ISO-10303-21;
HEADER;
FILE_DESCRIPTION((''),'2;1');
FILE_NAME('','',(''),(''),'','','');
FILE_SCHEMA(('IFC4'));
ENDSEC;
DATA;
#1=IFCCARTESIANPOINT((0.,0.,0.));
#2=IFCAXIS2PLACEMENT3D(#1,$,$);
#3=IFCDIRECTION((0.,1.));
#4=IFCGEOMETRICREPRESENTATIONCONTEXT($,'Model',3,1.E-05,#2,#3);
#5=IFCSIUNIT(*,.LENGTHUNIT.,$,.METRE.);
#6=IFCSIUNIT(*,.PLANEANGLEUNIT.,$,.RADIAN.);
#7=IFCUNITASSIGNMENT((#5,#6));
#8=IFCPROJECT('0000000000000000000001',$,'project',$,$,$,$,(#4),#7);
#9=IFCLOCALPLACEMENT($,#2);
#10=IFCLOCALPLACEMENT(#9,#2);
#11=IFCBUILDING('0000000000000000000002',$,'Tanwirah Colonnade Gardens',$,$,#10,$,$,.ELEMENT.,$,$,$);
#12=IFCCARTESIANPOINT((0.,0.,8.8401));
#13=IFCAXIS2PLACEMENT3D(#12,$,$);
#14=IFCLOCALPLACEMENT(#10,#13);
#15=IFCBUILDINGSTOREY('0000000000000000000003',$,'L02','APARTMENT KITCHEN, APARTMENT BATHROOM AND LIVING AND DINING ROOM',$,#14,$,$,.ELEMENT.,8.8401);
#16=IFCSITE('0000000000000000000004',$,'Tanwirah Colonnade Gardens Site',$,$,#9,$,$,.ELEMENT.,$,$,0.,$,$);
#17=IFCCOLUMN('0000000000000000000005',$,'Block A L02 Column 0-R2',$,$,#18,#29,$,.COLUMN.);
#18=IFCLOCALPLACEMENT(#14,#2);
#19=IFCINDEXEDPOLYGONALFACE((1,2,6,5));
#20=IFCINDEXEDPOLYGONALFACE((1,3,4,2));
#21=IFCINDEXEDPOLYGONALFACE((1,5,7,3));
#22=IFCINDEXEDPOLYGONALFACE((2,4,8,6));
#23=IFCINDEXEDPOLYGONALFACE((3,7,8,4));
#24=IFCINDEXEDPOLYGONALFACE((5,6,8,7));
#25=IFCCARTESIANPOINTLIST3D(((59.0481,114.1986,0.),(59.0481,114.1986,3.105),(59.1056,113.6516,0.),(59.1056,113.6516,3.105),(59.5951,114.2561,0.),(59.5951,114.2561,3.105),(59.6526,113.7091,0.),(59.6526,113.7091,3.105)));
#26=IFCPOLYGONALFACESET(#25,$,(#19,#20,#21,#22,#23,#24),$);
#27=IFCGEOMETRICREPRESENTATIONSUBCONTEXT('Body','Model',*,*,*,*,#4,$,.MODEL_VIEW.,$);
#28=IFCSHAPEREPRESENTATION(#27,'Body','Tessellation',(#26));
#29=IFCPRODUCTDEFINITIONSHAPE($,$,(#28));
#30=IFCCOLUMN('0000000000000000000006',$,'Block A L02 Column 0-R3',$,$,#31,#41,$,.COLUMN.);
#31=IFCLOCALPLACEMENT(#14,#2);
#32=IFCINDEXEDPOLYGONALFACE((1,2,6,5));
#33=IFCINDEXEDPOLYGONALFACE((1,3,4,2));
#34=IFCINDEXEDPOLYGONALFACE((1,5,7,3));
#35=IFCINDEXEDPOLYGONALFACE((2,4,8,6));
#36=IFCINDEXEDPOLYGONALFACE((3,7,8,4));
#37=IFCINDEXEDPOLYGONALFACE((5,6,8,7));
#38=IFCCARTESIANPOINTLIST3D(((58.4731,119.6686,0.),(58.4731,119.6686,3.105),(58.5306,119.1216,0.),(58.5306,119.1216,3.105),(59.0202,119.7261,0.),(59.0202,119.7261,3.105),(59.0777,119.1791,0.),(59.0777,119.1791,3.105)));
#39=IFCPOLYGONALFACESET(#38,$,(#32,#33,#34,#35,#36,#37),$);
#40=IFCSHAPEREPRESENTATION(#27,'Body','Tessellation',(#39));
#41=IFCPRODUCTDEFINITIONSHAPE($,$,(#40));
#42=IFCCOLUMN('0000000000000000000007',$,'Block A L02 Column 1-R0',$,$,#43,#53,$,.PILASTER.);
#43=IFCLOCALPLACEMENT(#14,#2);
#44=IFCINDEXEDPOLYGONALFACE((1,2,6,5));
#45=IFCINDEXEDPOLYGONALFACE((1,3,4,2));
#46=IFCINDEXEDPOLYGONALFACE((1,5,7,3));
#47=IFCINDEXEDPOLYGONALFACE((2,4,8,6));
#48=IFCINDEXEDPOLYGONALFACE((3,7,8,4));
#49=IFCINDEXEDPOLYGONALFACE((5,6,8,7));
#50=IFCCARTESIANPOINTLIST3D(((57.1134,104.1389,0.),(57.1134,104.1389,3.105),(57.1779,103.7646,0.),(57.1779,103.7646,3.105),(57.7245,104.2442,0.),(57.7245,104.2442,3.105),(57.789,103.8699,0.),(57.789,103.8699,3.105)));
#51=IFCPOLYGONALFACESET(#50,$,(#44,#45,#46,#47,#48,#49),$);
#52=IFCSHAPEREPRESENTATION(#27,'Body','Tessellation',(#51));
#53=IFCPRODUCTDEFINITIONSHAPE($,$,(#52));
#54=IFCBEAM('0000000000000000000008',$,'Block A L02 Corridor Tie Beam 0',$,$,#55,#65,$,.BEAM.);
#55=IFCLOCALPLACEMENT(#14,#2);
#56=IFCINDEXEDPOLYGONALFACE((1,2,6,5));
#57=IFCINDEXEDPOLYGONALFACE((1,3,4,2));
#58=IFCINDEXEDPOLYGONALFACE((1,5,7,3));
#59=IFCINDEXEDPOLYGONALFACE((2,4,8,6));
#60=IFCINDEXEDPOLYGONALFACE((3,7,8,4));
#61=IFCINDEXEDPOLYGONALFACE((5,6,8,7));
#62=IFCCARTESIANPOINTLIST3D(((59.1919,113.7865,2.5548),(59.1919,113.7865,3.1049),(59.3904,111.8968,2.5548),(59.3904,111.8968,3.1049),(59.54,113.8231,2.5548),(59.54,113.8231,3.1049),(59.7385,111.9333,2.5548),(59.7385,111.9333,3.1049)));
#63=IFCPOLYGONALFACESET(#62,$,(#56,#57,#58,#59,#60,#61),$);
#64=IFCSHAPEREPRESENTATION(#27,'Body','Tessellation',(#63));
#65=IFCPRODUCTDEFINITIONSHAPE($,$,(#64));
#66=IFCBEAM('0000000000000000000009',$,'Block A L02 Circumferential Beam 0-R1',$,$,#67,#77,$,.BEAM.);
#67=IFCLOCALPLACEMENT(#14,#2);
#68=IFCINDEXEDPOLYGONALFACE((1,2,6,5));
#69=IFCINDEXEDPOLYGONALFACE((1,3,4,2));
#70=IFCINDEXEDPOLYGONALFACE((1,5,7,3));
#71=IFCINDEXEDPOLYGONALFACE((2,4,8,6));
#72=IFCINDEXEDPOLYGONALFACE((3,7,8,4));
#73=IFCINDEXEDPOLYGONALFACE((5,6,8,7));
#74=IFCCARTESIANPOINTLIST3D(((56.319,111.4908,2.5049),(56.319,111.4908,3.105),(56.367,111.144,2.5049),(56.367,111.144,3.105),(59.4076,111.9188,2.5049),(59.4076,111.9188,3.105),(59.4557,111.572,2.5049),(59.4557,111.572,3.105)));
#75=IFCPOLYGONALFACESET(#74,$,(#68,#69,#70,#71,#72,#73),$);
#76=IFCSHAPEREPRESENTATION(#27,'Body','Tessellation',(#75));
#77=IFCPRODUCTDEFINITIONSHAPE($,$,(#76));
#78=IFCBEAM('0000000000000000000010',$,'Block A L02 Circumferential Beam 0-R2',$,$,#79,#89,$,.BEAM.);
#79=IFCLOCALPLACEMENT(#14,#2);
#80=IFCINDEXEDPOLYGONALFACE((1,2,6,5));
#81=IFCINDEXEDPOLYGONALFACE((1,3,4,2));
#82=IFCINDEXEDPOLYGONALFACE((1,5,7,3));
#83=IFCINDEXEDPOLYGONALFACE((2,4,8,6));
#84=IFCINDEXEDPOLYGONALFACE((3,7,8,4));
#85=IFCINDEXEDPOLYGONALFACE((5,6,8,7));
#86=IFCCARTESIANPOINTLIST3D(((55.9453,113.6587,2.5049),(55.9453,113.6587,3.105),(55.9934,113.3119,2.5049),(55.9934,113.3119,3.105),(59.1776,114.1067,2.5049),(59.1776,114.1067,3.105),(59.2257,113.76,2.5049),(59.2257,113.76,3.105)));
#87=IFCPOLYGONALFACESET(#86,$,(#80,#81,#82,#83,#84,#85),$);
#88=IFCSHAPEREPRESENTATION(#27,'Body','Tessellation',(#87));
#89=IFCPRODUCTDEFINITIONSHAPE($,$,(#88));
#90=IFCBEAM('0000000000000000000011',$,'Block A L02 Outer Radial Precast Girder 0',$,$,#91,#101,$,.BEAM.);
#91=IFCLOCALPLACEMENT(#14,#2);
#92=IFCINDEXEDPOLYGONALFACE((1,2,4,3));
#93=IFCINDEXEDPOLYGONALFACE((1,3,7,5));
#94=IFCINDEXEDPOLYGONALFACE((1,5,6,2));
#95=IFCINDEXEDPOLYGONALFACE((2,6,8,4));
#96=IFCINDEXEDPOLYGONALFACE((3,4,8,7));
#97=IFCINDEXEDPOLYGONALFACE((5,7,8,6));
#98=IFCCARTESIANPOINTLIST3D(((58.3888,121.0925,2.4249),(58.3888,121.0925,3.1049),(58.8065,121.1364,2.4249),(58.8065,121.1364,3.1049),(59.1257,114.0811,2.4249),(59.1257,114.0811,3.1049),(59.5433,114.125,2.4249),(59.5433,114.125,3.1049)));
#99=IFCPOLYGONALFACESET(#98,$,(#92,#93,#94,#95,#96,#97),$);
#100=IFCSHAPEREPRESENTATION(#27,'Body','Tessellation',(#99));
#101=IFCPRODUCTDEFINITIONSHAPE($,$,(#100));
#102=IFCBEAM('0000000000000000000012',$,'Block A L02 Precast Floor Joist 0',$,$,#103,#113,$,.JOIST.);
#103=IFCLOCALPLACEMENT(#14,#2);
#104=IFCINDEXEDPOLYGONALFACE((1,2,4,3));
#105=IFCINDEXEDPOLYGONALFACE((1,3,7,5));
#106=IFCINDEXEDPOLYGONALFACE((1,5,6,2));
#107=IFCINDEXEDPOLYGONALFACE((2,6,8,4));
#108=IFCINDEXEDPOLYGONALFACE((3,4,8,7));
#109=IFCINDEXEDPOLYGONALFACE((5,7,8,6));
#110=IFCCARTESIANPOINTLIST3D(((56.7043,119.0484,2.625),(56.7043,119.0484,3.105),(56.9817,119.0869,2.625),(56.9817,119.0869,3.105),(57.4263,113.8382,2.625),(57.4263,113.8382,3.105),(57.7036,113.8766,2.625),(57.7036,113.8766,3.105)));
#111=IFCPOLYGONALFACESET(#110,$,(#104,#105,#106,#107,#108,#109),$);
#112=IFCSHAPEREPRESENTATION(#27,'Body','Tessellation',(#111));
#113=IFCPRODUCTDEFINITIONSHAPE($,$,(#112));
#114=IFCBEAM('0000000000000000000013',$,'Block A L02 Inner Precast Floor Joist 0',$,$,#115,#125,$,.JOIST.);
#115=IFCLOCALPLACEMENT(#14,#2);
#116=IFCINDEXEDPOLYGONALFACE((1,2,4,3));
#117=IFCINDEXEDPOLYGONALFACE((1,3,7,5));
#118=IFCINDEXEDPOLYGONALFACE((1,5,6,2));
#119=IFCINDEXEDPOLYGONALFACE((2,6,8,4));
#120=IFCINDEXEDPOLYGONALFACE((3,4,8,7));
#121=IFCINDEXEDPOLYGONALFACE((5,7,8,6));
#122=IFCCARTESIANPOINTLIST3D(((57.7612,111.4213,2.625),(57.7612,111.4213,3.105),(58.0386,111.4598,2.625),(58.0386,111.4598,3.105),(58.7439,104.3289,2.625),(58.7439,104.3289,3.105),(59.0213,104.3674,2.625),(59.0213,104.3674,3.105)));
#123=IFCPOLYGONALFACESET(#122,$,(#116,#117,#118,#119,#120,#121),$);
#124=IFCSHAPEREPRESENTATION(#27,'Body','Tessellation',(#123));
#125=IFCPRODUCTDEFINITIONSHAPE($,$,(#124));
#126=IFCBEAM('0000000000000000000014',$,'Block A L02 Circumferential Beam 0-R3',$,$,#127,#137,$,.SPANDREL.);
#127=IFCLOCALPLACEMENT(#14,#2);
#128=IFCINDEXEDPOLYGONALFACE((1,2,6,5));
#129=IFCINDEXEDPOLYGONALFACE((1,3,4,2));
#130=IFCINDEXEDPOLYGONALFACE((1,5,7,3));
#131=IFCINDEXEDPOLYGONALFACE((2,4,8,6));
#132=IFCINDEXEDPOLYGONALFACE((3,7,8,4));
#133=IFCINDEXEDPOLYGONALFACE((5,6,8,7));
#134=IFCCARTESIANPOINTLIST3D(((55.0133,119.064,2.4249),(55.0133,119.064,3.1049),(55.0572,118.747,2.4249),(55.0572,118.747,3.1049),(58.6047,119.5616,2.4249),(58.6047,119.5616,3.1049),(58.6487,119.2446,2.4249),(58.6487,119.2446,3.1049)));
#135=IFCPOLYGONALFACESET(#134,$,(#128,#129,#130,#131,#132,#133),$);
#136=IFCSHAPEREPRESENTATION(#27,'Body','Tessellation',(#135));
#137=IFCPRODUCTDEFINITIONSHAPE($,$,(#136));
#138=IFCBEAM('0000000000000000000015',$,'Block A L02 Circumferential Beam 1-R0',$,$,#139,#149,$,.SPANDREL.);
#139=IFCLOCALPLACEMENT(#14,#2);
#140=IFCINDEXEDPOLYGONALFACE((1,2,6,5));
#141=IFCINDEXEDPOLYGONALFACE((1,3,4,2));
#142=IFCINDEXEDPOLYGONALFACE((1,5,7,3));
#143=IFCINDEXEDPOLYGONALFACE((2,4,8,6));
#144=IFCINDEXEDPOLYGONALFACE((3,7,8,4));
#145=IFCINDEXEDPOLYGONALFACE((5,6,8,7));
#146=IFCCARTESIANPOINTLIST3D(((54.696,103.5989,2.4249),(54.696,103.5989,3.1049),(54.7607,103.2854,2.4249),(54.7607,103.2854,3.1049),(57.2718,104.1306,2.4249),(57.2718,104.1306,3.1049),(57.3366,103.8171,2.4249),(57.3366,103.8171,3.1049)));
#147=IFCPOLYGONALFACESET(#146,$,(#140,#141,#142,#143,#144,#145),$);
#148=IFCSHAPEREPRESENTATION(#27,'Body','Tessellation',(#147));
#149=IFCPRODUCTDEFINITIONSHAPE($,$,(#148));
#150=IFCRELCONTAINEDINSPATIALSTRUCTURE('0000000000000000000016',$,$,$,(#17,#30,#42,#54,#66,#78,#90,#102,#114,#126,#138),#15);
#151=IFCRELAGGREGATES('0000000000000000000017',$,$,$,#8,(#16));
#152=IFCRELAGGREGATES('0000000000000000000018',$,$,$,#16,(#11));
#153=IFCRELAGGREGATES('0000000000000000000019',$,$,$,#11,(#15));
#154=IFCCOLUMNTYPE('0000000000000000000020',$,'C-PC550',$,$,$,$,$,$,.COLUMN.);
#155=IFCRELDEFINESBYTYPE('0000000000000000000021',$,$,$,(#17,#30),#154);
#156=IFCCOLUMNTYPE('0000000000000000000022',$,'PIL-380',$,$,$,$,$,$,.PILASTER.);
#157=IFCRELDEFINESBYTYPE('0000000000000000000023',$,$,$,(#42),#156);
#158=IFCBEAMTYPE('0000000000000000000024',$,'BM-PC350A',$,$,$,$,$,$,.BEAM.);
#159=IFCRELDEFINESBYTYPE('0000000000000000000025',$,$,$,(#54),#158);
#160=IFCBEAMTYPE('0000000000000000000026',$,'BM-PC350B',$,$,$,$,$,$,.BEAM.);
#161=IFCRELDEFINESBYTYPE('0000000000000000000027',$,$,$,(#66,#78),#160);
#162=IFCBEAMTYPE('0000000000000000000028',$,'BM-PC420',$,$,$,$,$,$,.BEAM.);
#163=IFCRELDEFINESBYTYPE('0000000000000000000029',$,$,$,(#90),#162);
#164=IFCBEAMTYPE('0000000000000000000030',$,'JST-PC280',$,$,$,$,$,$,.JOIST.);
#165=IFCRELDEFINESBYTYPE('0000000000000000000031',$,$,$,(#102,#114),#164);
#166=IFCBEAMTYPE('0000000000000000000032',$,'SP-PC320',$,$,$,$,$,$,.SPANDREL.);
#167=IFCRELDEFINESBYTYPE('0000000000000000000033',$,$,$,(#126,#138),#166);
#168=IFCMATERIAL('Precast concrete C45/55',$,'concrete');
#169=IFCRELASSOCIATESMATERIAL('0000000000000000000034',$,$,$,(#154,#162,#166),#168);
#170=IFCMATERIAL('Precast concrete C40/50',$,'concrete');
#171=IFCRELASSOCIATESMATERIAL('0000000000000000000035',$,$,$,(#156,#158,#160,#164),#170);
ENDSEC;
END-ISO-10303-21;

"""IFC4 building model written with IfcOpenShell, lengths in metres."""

from ifc_helpers import new_model, si_unit, direction, frame, origin, origin_2d, place, context, subcontext, project, spatial, rectangle, extrude, material, material_profile, profile_set, type_object, element, save


model = new_model("IFC4")

# Units and contexts
model_context = context("Model", 3, precision=1e-05, world=origin(), true_north=direction((0.0, 1.0)))
body_context = subcontext(model_context, "Body", "Model", "MODEL_VIEW")
ifc_project = project(units=[si_unit("LENGTHUNIT", "METRE"), si_unit("PLANEANGLEUNIT", "RADIAN")], contexts=[model_context])

# Site, building, storey
site_placement = place(None, origin())
site = spatial("IfcSite", under=ifc_project, at=site_placement, Name="Tanwirah Colonnade Gardens Site", CompositionType="ELEMENT", RefElevation=0.0)
building_placement = place(site_placement, origin())
building = spatial("IfcBuilding", under=site, at=building_placement, Name="Tanwirah Colonnade Gardens", CompositionType="ELEMENT")
storey_placement = place(building_placement, frame((0.0, 0.0, 8.8401)))
storey = spatial("IfcBuildingStorey", under=building, at=storey_placement, Name="L02", Description="APARTMENT KITCHEN, APARTMENT BATHROOM AND LIVING AND DINING ROOM", CompositionType="ELEMENT", Elevation=8.8401)

# Columns
ifc_material_1 = material(Name="Precast concrete C45/55", Category="concrete")
ifc_material_profile_1 = material_profile(ifc_material_1, rectangle(XDim=0.55, YDim=0.55, at=origin_2d()), Name="PC-COL 550x550")
ifc_profile_set_1 = profile_set([ifc_material_profile_1], Name="Precast concrete C45/55")
column_type_1 = type_object("IfcColumnType", Name="C-PC550", PredefinedType="COLUMN", material=ifc_profile_set_1)
for number, where, z_axis, x_axis, name in (
    (1, (59.3503, 113.9539, 0.0), (0.0, 0.0, 1.0), (-0.104528, 0.994522, 0.0), "Block A L02 Column 0-R2"),
    (2, (58.7754, 119.4238, 0.0), (0.0, 0.0, 1.0), (-0.104528, 0.994522, 0.0), "Block A L02 Column 0-R3"),
):
    element("IfcColumn", number, at=place(storey_placement, frame(where, z_axis=z_axis, x_axis=x_axis)), inside=storey, type_object=column_type_1, Name=name, PredefinedType="COLUMN", context=body_context, shape_type="SweptSolid", body=[
        extrude(rectangle(XDim=0.55, YDim=0.55, at=origin_2d()), origin(), (0.0, 0.0, 1.0), 3.105),
    ])
ifc_material_2 = material(Name="Precast concrete C40/50", Category="concrete")
ifc_material_profile_2 = material_profile(ifc_material_2, rectangle(XDim=0.3799, YDim=0.6201, at=origin_2d()), Name="PC-PIL 380x620")
ifc_profile_set_2 = profile_set([ifc_material_profile_2], Name="Precast concrete C40/50")
column_type_2 = type_object("IfcColumnType", Name="PIL-380", PredefinedType="PILASTER", material=ifc_profile_set_2)
column_placement = place(storey_placement, frame((57.4512, 104.0044, 0.0), z_axis=(0.0, 0.0, 1.0), x_axis=(-0.169827, 0.985474, 0.0)))
element("IfcColumn", 3, at=column_placement, inside=storey, type_object=column_type_2, Name="Block A L02 Column 1-R0", PredefinedType="PILASTER", context=body_context, shape_type="SweptSolid", body=[
    extrude(rectangle(XDim=0.3799, YDim=0.6201, at=origin_2d()), origin(), (0.0, 0.0, 1.0), 3.105),
])

# Beams
ifc_material_profile_3 = material_profile(ifc_material_2, rectangle(XDim=0.3501, YDim=0.55, at=origin_2d()), Name="PC-BM 350x550")
ifc_profile_set_3 = profile_set([ifc_material_profile_3], Name="Precast concrete C40/50")
beam_type_1 = type_object("IfcBeamType", Name="BM-PC350A", PredefinedType="BEAM", material=ifc_profile_set_3)
beam_1_placement = place(storey_placement, frame((59.5645, 111.915, 2.8298), z_axis=(-0.104464, 0.994529, 0.0), x_axis=(-0.994529, -0.104464, 0.0)))
element("IfcBeam", 4, at=beam_1_placement, inside=storey, type_object=beam_type_1, Name="Block A L02 Corridor Tie Beam 0", PredefinedType="BEAM", context=body_context, shape_type="SweptSolid", body=[
    extrude(rectangle(XDim=0.3501, YDim=0.55, at=origin_2d()), origin(), (0.0, 0.0, 1.0), 1.9001),
])
ifc_material_profile_4 = material_profile(ifc_material_2, rectangle(XDim=0.3501, YDim=0.6001, at=origin_2d()), Name="PC-BM 350x600")
ifc_profile_set_4 = profile_set([ifc_material_profile_4], Name="Precast concrete C40/50")
beam_type_2 = type_object("IfcBeamType", Name="BM-PC350B", PredefinedType="BEAM", material=ifc_profile_set_4)
beam_2_placement = place(storey_placement, frame((59.4316, 111.7454, 2.8049), z_axis=(-0.990536, -0.137255, 0.0), x_axis=(0.137255, -0.990536, 0.0)))
element("IfcBeam", 5, at=beam_2_placement, inside=storey, type_object=beam_type_2, Name="Block A L02 Circumferential Beam 0-R1", PredefinedType="BEAM", context=body_context, shape_type="SweptSolid", body=[
    extrude(rectangle(XDim=0.3501, YDim=0.6001, at=origin_2d()), origin(), (0.0, 0.0, 1.0), 3.1182),
])
beam_3_placement = place(storey_placement, frame((59.2017, 113.9333, 2.8049), z_axis=(-0.99053, -0.137293, 0.0), x_axis=(0.137293, -0.99053, 0.0)))
element("IfcBeam", 6, at=beam_3_placement, inside=storey, type_object=beam_type_2, Name="Block A L02 Circumferential Beam 0-R2", PredefinedType="BEAM", context=body_context, shape_type="SweptSolid", body=[
    extrude(rectangle(XDim=0.3501, YDim=0.6001, at=origin_2d()), origin(), (0.0, 0.0, 1.0), 3.2632),
])
ifc_material_profile_5 = material_profile(ifc_material_1, rectangle(XDim=0.4199, YDim=0.6799, at=origin_2d()), Name="PC-BM 420x680")
ifc_profile_set_5 = profile_set([ifc_material_profile_5], Name="Precast concrete C45/55")
beam_type_3 = type_object("IfcBeamType", Name="BM-PC420", PredefinedType="BEAM", material=ifc_profile_set_5)
beam_4_placement = place(storey_placement, frame((59.3345, 114.103, 2.7649), z_axis=(-0.104512, 0.994524, 0.0), x_axis=(-0.994524, -0.104512, 0.0)))
element("IfcBeam", 7, at=beam_4_placement, inside=storey, type_object=beam_type_3, Name="Block A L02 Outer Radial Precast Girder 0", PredefinedType="BEAM", context=body_context, shape_type="SweptSolid", body=[
    extrude(rectangle(XDim=0.4199, YDim=0.6799, at=origin_2d()), origin(), (0.0, 0.0, 1.0), 7.05),
])
ifc_material_profile_6 = material_profile(ifc_material_2, rectangle(XDim=0.28, YDim=0.48, at=origin_2d()), Name="PC-JST 280x480")
ifc_profile_set_6 = profile_set([ifc_material_profile_6], Name="Precast concrete C40/50")
beam_type_4 = type_object("IfcBeamType", Name="JST-PC280", PredefinedType="JOIST", material=ifc_profile_set_6)
beam_5_placement = place(storey_placement, frame((57.5649, 113.8574, 2.865), z_axis=(-0.137248, 0.990537, 0.0), x_axis=(-0.990537, -0.137248, 0.0)))
element("IfcBeam", 8, at=beam_5_placement, inside=storey, type_object=beam_type_4, Name="Block A L02 Precast Floor Joist 0", PredefinedType="JOIST", context=body_context, shape_type="SweptSolid", body=[
    extrude(rectangle(XDim=0.28, YDim=0.48, at=origin_2d()), origin(), (0.0, 0.0, 1.0), 5.26),
])
beam_6_placement = place(storey_placement, frame((58.8826, 104.3481, 2.865), z_axis=(-0.137243, 0.990537, 0.0), x_axis=(-0.990537, -0.137243, 0.0)))
element("IfcBeam", 9, at=beam_6_placement, inside=storey, type_object=beam_type_4, Name="Block A L02 Inner Precast Floor Joist 0", PredefinedType="JOIST", context=body_context, shape_type="SweptSolid", body=[
    extrude(rectangle(XDim=0.28, YDim=0.48, at=origin_2d()), origin(), (0.0, 0.0, 1.0), 7.1602),
])
ifc_material_profile_7 = material_profile(ifc_material_1, rectangle(XDim=0.3201, YDim=0.6799, at=origin_2d()), Name="PC-SP 320x680")
ifc_profile_set_7 = profile_set([ifc_material_profile_7], Name="Precast concrete C45/55")
beam_type_5 = type_object("IfcBeamType", Name="SP-PC320", PredefinedType="SPANDREL", material=ifc_profile_set_7)
beam_7_placement = place(storey_placement, frame((58.6267, 119.4031, 2.7649), z_axis=(-0.990539, -0.137234, 0.0), x_axis=(0.137234, -0.990539, 0.0)))
element("IfcBeam", 10, at=beam_7_placement, inside=storey, type_object=beam_type_5, Name="Block A L02 Circumferential Beam 0-R3", PredefinedType="SPANDREL", context=body_context, shape_type="SweptSolid", body=[
    extrude(rectangle(XDim=0.3201, YDim=0.6799, at=origin_2d()), origin(), (0.0, 0.0, 1.0), 3.6257),
])
beam_8_placement = place(storey_placement, frame((57.3042, 103.9739, 2.7649), z_axis=(-0.979352, -0.202164, 0.0), x_axis=(0.202164, -0.979352, 0.0)))
element("IfcBeam", 11, at=beam_8_placement, inside=storey, type_object=beam_type_5, Name="Block A L02 Circumferential Beam 1-R0", PredefinedType="SPANDREL", context=body_context, shape_type="SweptSolid", body=[
    extrude(rectangle(XDim=0.3201, YDim=0.6799, at=origin_2d()), origin(), (0.0, 0.0, 1.0), 2.6301),
])

save(model, "model.ifc")
